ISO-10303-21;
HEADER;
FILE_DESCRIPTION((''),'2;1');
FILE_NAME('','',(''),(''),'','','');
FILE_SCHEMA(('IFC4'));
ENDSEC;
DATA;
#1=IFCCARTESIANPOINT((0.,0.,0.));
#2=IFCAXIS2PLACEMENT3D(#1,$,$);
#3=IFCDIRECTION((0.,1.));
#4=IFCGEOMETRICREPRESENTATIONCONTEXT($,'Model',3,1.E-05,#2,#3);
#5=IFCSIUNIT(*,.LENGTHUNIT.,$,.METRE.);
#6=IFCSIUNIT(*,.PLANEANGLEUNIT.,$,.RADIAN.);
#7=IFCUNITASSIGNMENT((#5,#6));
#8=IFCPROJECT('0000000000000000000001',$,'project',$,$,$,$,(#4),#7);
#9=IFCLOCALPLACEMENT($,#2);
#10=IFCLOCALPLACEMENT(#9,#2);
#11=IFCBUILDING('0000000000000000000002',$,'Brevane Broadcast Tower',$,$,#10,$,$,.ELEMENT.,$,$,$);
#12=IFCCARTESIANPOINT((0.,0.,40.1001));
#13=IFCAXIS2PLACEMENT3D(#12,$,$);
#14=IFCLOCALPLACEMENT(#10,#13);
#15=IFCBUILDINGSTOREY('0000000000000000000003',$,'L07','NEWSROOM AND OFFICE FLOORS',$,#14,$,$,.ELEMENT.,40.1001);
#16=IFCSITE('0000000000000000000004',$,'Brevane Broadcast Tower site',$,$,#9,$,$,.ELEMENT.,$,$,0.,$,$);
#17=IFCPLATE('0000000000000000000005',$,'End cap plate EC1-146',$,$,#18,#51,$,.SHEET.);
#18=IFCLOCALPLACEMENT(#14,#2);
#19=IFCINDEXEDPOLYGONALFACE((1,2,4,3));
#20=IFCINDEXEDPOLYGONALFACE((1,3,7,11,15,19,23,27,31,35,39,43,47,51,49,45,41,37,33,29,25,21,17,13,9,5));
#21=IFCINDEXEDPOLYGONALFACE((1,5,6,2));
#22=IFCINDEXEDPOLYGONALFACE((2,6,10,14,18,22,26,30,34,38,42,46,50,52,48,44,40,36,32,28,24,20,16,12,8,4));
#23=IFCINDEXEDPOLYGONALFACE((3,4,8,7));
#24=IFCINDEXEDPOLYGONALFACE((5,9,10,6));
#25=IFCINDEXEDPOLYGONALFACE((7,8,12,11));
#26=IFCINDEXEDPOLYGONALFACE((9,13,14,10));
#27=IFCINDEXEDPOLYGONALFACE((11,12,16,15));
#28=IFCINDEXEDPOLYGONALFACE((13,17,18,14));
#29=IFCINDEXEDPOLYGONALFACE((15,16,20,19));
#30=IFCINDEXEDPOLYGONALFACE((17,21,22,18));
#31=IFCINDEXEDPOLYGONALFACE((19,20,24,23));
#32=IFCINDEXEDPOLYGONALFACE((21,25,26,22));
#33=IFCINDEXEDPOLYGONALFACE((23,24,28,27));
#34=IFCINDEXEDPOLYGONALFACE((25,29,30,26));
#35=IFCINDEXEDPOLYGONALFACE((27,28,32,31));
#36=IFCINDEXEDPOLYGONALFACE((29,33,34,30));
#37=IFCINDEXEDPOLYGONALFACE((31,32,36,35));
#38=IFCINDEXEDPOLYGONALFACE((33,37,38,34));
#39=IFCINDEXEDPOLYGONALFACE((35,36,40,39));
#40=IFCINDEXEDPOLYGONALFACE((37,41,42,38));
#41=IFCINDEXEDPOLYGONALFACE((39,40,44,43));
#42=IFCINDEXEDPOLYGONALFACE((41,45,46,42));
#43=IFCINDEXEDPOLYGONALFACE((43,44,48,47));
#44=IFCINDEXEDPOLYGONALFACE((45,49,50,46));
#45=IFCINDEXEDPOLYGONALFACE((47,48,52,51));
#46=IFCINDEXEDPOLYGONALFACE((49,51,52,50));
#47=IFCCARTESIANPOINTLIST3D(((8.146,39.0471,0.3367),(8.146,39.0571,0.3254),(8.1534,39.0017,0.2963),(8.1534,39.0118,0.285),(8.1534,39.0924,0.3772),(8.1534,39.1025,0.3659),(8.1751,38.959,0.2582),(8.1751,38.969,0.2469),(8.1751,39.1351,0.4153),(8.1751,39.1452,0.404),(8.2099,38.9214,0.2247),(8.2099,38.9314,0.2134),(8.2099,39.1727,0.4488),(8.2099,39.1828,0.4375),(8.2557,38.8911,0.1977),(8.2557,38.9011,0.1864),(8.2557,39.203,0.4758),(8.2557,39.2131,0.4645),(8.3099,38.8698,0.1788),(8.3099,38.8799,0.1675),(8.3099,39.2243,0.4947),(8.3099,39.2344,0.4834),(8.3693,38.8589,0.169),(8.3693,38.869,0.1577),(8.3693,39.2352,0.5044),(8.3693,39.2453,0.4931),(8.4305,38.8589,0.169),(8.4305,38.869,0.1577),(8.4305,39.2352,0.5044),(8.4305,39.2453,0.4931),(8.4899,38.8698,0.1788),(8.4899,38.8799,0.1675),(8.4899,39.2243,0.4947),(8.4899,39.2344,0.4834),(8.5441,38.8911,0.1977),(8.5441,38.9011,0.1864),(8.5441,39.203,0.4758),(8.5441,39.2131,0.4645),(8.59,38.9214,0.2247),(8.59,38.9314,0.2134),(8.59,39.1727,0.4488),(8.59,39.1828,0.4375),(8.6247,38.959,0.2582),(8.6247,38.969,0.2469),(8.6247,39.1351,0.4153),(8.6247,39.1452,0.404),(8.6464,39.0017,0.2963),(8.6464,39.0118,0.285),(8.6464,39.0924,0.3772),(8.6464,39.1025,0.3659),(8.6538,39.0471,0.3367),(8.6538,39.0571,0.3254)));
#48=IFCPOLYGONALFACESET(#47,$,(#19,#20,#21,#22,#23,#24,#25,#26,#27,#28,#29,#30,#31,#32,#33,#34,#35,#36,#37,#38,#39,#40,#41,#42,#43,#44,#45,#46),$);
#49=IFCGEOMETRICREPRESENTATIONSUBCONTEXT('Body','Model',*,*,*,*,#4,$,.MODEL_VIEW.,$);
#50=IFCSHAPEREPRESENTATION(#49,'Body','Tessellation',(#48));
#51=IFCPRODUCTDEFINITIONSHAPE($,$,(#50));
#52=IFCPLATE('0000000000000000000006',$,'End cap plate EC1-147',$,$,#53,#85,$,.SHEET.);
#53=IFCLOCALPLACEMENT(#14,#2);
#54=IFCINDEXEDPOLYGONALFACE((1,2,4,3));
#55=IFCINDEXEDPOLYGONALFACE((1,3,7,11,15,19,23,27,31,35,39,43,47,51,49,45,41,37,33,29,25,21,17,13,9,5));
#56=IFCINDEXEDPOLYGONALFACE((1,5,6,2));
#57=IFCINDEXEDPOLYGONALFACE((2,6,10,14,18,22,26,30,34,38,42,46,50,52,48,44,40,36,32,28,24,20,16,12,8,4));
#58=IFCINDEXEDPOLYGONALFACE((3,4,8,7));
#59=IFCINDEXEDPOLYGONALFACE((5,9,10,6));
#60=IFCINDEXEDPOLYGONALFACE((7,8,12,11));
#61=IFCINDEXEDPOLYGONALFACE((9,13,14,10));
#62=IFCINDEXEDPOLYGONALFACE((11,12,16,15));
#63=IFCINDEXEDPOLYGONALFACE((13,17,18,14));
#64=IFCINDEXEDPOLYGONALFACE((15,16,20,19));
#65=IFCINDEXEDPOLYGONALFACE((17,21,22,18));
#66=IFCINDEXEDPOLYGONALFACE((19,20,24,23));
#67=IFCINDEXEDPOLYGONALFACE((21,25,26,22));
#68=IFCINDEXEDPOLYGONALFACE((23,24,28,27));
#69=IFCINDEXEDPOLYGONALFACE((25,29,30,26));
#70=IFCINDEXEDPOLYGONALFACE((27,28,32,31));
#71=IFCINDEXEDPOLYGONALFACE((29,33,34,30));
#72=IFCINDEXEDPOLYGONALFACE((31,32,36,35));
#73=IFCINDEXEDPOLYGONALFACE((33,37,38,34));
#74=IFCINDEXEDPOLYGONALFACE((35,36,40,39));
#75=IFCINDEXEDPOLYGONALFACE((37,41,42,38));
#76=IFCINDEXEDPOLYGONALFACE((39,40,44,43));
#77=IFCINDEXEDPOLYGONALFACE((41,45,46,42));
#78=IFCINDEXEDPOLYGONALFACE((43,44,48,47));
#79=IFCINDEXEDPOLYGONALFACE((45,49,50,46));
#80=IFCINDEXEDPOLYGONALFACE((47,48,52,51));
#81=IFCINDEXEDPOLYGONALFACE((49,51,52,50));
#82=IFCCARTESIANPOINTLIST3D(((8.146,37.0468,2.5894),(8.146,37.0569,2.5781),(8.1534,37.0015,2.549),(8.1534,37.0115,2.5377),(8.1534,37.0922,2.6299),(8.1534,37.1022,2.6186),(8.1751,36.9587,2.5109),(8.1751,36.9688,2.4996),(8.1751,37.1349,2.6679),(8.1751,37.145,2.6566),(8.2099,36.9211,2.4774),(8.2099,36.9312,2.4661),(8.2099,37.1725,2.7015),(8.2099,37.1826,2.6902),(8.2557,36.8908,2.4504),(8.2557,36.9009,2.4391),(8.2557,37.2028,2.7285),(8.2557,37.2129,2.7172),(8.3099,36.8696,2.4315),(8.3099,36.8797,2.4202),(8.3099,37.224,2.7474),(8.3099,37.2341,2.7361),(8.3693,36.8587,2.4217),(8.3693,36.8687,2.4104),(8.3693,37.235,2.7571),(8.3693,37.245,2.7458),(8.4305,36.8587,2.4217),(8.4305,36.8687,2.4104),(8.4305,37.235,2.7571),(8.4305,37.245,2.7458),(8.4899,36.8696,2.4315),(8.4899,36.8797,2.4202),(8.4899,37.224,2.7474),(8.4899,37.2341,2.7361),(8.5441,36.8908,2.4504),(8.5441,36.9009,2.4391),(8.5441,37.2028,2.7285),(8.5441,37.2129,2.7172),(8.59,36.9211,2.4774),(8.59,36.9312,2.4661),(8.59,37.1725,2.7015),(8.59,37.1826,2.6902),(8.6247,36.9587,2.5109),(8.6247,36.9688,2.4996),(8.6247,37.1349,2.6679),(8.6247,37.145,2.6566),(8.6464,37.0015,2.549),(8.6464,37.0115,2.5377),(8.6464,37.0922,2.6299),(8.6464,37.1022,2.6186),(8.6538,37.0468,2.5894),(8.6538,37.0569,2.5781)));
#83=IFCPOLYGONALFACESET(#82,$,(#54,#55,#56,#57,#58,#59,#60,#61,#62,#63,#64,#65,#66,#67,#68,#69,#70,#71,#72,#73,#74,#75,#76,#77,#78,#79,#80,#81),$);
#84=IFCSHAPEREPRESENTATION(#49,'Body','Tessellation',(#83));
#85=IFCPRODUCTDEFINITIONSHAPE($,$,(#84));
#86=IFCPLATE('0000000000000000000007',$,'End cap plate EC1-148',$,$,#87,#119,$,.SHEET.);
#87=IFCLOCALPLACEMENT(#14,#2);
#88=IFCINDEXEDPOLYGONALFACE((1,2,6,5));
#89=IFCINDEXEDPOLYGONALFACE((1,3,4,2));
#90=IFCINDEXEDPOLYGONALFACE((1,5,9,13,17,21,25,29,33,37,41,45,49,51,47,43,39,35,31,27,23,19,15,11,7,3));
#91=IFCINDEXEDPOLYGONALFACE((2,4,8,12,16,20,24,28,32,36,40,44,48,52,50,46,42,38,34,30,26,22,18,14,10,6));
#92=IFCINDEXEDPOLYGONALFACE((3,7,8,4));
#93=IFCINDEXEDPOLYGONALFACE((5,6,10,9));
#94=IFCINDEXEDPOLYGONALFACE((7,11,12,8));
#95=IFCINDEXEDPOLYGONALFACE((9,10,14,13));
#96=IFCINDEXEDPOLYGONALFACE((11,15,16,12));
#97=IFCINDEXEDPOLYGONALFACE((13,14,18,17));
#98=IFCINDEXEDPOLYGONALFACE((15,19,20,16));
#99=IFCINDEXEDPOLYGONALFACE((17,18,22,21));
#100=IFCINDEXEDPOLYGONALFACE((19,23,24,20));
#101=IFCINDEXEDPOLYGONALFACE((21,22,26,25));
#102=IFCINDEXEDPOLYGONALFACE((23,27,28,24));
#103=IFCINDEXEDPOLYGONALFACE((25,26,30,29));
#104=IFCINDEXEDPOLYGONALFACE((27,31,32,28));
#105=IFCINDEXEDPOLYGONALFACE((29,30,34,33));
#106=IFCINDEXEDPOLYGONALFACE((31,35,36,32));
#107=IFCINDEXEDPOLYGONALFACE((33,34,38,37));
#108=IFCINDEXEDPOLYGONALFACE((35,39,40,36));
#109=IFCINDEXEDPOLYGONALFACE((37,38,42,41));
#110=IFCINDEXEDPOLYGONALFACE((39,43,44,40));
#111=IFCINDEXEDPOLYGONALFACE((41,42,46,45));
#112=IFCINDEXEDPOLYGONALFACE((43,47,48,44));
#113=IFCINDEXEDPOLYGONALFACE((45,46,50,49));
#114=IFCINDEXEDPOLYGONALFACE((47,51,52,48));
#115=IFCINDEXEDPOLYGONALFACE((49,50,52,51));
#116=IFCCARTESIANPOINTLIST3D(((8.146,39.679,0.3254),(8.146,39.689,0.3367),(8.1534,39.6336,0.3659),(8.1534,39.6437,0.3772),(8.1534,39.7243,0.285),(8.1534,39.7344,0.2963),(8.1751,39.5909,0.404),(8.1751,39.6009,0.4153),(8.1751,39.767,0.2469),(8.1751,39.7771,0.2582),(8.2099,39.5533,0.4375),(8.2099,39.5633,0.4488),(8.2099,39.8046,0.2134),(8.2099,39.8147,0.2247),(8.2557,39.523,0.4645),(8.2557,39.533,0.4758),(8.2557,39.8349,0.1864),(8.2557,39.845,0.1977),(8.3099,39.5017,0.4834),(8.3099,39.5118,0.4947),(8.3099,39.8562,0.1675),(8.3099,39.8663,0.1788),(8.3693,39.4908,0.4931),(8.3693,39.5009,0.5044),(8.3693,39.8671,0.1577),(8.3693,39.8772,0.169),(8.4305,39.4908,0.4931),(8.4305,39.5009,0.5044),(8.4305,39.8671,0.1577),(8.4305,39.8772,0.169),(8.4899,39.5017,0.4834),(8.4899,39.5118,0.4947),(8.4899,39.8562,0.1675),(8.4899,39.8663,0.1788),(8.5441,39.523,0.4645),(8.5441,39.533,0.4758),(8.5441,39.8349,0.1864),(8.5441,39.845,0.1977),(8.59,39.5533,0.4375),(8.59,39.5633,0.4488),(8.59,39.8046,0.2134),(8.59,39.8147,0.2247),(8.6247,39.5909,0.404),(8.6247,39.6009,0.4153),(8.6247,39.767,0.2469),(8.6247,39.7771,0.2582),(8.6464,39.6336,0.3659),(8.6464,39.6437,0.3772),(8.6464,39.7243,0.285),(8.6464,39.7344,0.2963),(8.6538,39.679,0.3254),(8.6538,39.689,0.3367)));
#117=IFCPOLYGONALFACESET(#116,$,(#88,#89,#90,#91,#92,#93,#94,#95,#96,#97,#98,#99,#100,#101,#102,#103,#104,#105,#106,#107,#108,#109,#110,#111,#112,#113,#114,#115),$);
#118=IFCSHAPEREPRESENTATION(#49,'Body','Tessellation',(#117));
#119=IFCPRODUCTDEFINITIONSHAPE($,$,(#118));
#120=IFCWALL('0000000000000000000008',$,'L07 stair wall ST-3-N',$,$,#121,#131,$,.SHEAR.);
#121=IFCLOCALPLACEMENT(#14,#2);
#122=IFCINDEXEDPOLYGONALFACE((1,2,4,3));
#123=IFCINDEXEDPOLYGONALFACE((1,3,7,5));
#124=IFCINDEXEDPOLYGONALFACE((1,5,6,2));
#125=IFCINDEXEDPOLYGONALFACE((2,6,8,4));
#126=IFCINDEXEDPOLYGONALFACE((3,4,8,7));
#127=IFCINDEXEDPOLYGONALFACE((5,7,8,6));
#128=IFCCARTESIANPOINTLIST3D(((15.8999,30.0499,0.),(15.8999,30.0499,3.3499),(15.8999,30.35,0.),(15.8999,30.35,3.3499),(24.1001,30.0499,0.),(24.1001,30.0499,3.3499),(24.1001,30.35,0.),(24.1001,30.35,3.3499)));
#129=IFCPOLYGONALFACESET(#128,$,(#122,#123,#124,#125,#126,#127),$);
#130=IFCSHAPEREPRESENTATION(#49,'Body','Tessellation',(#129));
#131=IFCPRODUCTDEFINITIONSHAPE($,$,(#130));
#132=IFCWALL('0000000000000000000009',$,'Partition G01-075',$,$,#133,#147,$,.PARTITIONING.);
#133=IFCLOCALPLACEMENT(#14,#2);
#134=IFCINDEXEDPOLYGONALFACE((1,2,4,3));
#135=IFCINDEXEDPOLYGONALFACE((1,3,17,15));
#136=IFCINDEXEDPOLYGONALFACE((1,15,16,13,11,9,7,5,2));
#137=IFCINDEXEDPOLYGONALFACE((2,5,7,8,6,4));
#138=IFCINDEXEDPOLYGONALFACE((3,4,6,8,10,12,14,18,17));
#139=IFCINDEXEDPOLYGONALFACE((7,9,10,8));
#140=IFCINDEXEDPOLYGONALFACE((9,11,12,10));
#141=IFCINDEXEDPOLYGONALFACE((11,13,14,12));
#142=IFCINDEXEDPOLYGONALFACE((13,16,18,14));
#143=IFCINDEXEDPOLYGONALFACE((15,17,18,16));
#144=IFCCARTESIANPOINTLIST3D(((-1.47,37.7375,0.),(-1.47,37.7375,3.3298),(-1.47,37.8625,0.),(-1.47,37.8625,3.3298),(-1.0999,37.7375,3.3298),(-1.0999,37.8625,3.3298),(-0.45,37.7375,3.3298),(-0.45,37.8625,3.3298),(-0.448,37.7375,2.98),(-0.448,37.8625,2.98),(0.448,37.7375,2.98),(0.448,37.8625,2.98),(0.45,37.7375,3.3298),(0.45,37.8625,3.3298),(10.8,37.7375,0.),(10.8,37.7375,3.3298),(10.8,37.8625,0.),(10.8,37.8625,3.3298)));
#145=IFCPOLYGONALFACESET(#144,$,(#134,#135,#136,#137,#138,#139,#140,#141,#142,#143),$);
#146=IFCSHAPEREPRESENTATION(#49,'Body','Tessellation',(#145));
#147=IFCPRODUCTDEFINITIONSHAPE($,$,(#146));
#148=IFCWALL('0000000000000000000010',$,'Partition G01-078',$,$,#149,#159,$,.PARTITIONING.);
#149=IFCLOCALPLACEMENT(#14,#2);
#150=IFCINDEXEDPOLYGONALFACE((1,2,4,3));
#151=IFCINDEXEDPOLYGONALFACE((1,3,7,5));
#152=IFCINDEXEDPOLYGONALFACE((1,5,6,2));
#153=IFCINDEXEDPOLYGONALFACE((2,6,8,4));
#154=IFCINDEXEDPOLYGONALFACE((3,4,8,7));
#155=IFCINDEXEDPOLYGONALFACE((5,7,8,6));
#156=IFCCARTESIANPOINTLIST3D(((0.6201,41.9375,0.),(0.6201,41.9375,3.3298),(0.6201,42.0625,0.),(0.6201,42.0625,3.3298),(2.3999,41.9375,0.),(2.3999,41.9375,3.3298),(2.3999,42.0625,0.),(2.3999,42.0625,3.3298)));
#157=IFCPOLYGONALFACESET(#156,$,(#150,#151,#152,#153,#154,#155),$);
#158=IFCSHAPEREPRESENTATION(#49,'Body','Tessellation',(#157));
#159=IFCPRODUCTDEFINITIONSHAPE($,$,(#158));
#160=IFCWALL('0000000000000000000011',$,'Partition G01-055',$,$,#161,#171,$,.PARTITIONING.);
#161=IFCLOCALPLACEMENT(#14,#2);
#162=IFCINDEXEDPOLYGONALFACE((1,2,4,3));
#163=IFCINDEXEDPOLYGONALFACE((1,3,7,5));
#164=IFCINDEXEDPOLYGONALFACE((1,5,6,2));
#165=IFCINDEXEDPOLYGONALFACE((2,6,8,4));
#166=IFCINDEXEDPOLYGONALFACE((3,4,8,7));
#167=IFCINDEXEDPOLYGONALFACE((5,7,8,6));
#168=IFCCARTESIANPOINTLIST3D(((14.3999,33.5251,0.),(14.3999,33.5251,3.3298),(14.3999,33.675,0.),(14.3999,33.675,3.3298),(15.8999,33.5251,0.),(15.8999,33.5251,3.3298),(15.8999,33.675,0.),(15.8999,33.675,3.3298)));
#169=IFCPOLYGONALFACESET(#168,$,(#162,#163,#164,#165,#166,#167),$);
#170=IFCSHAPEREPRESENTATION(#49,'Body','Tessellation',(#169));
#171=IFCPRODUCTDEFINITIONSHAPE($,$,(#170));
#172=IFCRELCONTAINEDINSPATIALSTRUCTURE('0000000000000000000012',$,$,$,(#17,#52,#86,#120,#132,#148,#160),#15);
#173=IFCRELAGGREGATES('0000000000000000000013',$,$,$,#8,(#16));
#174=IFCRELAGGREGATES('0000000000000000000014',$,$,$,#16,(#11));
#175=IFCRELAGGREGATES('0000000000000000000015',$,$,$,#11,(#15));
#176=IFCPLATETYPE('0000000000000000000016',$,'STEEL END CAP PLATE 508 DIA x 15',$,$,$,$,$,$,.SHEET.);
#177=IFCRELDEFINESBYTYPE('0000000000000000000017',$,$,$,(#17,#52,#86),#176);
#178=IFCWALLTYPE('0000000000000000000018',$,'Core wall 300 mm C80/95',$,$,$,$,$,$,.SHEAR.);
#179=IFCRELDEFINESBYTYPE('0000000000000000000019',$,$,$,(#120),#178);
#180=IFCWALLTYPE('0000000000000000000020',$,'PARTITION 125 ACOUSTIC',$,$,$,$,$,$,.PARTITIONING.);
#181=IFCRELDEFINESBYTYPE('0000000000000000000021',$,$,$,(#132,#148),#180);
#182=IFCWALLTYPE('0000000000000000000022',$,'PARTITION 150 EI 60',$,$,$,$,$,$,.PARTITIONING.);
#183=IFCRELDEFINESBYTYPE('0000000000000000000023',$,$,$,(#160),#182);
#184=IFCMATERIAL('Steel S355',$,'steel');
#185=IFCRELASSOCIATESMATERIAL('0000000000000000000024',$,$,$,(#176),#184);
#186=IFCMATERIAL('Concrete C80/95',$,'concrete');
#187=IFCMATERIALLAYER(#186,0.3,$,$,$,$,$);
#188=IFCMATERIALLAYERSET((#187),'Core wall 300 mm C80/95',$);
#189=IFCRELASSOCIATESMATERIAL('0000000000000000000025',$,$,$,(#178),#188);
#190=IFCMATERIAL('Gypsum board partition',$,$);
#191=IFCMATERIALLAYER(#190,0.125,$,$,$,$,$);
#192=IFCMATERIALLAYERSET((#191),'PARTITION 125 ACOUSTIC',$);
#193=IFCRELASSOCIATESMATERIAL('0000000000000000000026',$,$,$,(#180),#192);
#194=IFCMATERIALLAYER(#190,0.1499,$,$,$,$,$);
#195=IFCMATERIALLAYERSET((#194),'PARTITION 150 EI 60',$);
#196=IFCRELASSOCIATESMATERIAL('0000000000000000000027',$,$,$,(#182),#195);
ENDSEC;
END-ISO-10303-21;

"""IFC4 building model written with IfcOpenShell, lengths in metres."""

from ifc_helpers import new_model, si_unit, direction, frame, frame_2d, origin, origin_2d, place, context, subcontext, project, spatial, polyline, rectangle, circle, outline, extrude, material, layer, layer_set, material_profile, profile_set, type_object, element, save


model = new_model("IFC4")

# Units and contexts
model_context = context("Model", 3, precision=1e-05, world=origin(), true_north=direction((0.0, 1.0)))
body_context = subcontext(model_context, "Body", "Model", "MODEL_VIEW")
ifc_project = project(units=[si_unit("LENGTHUNIT", "METRE"), si_unit("PLANEANGLEUNIT", "RADIAN")], contexts=[model_context])

# Site, building, storey
site_placement = place(None, origin())
site = spatial("IfcSite", under=ifc_project, at=site_placement, Name="Brevane Broadcast Tower site", CompositionType="ELEMENT", RefElevation=0.0)
building_placement = place(site_placement, origin())
building = spatial("IfcBuilding", under=site, at=building_placement, Name="Brevane Broadcast Tower", CompositionType="ELEMENT")
storey_placement = place(building_placement, frame((0.0, 0.0, 40.1001)))
storey = spatial("IfcBuildingStorey", under=building, at=storey_placement, Name="L07", Description="NEWSROOM AND OFFICE FLOORS", CompositionType="ELEMENT", Elevation=40.1001)

# Shared definitions
ifc_material_1 = material(Name="Concrete C80/95", Category="concrete")
ifc_material_2 = material(Name="Steel S355", Category="steel")

# Plates
ifc_material_profile_1 = material_profile(ifc_material_2, circle(Radius=0.2539, at=origin_2d()), Name="PL 508 DIA x 15")
ifc_profile_set_1 = profile_set([ifc_material_profile_1], Name="Steel S355")
plate_type = type_object("IfcPlateType", Name="STEEL END CAP PLATE 508 DIA x 15", PredefinedType="SHEET", material=ifc_profile_set_1)
for number, where, z_axis, x_axis, name in (
    (1, (8.3999, 39.0571, 0.3254), (0.0, -0.665371, 0.746513), (1.0, 0.0, 0.0), "End cap plate EC1-146"),
    (2, (8.3999, 37.0569, 2.5781), (0.0, -0.665371, 0.746513), (1.0, 0.0, 0.0), "End cap plate EC1-147"),
    (3, (8.3999, 39.679, 0.3254), (0.0, 0.665371, 0.746513), (-1.0, 0.0, 0.0), "End cap plate EC1-148"),
):
    element("IfcPlate", number, at=place(storey_placement, frame(where, z_axis=z_axis, x_axis=x_axis)), inside=storey, type_object=plate_type, Name=name, PredefinedType="SHEET", context=body_context, shape_type="SweptSolid", body=[
        extrude(circle(Radius=0.2539, at=origin_2d()), origin(), (0.0, 0.0, 1.0), 0.0151),
    ])

# Walls
ifc_layer_1 = layer(ifc_material_1, 0.3)
ifc_layer_set_1 = layer_set([ifc_layer_1], Name="Core wall 300 mm C80/95")
wall_type_1 = type_object("IfcWallType", Name="Core wall 300 mm C80/95", PredefinedType="SHEAR", material=ifc_layer_set_1)
wall_1_placement = place(storey_placement, frame((15.8999, 30.2, 0.0), z_axis=(0.0, 0.0, 1.0), x_axis=(1.0, 0.0, 0.0)))
element("IfcWall", 4, at=wall_1_placement, inside=storey, type_object=wall_type_1, Name="L07 stair wall ST-3-N", PredefinedType="SHEAR", context=body_context, shape_type="SweptSolid", body=[
    extrude(rectangle(XDim=8.2002, YDim=0.3, at=frame_2d((4.1001, 0.0))), origin(), (0.0, 0.0, 1.0), 3.3499),
])
ifc_material_3 = material(Name="Gypsum board partition")
ifc_layer_2 = layer(ifc_material_3, 0.125)
ifc_layer_set_2 = layer_set([ifc_layer_2], Name="PARTITION 125 ACOUSTIC")
wall_type_2 = type_object("IfcWallType", Name="PARTITION 125 ACOUSTIC", PredefinedType="PARTITIONING", material=ifc_layer_set_2)
wall_2_placement = place(storey_placement, frame((-1.47, 37.8, 0.0), z_axis=(0.0, 0.0, 1.0), x_axis=(1.0, 0.0, 0.0)))
element("IfcWall", 5, at=wall_2_placement, inside=storey, type_object=wall_type_2, Name="Partition G01-075", PredefinedType="PARTITIONING", context=body_context, shape_type="SweptSolid", body=[
    extrude(outline(polyline([(0.0, 0.0), (12.27, 0.0), (12.27, 3.3298), (1.9199, 3.3298), (1.918, 2.98), (1.022, 2.98), (1.02, 3.3298), (0.3701, 3.3298), (0.0, 3.3298), (0.0, 0.0)])), frame((0.0, 0.0625, 0.0), z_axis=(0.0, -1.0, 0.0), x_axis=(1.0, 0.0, 0.0)), (0.0, 0.0, 1.0), 0.125),
])
wall_3_placement = place(storey_placement, frame((0.6201, 42.0, 0.0), z_axis=(0.0, 0.0, 1.0), x_axis=(1.0, 0.0, 0.0)))
element("IfcWall", 6, at=wall_3_placement, inside=storey, type_object=wall_type_2, Name="Partition G01-078", PredefinedType="PARTITIONING", context=body_context, shape_type="SweptSolid", body=[
    extrude(rectangle(XDim=1.7798, YDim=0.125, at=frame_2d((0.8899, 0.0))), origin(), (0.0, 0.0, 1.0), 3.3298),
])
ifc_layer_3 = layer(ifc_material_3, 0.1499)
ifc_layer_set_3 = layer_set([ifc_layer_3], Name="PARTITION 150 EI 60")
wall_type_3 = type_object("IfcWallType", Name="PARTITION 150 EI 60", PredefinedType="PARTITIONING", material=ifc_layer_set_3)
wall_4_placement = place(storey_placement, frame((14.3999, 33.6001, 0.0), z_axis=(0.0, 0.0, 1.0), x_axis=(1.0, 0.0, 0.0)))
element("IfcWall", 7, at=wall_4_placement, inside=storey, type_object=wall_type_3, Name="Partition G01-055", PredefinedType="PARTITIONING", context=body_context, shape_type="SweptSolid", body=[
    extrude(rectangle(XDim=1.5, YDim=0.1499, at=frame_2d((0.75, 0.0))), origin(), (0.0, 0.0, 1.0), 3.3298),
])

save(model, "model.ifc")
